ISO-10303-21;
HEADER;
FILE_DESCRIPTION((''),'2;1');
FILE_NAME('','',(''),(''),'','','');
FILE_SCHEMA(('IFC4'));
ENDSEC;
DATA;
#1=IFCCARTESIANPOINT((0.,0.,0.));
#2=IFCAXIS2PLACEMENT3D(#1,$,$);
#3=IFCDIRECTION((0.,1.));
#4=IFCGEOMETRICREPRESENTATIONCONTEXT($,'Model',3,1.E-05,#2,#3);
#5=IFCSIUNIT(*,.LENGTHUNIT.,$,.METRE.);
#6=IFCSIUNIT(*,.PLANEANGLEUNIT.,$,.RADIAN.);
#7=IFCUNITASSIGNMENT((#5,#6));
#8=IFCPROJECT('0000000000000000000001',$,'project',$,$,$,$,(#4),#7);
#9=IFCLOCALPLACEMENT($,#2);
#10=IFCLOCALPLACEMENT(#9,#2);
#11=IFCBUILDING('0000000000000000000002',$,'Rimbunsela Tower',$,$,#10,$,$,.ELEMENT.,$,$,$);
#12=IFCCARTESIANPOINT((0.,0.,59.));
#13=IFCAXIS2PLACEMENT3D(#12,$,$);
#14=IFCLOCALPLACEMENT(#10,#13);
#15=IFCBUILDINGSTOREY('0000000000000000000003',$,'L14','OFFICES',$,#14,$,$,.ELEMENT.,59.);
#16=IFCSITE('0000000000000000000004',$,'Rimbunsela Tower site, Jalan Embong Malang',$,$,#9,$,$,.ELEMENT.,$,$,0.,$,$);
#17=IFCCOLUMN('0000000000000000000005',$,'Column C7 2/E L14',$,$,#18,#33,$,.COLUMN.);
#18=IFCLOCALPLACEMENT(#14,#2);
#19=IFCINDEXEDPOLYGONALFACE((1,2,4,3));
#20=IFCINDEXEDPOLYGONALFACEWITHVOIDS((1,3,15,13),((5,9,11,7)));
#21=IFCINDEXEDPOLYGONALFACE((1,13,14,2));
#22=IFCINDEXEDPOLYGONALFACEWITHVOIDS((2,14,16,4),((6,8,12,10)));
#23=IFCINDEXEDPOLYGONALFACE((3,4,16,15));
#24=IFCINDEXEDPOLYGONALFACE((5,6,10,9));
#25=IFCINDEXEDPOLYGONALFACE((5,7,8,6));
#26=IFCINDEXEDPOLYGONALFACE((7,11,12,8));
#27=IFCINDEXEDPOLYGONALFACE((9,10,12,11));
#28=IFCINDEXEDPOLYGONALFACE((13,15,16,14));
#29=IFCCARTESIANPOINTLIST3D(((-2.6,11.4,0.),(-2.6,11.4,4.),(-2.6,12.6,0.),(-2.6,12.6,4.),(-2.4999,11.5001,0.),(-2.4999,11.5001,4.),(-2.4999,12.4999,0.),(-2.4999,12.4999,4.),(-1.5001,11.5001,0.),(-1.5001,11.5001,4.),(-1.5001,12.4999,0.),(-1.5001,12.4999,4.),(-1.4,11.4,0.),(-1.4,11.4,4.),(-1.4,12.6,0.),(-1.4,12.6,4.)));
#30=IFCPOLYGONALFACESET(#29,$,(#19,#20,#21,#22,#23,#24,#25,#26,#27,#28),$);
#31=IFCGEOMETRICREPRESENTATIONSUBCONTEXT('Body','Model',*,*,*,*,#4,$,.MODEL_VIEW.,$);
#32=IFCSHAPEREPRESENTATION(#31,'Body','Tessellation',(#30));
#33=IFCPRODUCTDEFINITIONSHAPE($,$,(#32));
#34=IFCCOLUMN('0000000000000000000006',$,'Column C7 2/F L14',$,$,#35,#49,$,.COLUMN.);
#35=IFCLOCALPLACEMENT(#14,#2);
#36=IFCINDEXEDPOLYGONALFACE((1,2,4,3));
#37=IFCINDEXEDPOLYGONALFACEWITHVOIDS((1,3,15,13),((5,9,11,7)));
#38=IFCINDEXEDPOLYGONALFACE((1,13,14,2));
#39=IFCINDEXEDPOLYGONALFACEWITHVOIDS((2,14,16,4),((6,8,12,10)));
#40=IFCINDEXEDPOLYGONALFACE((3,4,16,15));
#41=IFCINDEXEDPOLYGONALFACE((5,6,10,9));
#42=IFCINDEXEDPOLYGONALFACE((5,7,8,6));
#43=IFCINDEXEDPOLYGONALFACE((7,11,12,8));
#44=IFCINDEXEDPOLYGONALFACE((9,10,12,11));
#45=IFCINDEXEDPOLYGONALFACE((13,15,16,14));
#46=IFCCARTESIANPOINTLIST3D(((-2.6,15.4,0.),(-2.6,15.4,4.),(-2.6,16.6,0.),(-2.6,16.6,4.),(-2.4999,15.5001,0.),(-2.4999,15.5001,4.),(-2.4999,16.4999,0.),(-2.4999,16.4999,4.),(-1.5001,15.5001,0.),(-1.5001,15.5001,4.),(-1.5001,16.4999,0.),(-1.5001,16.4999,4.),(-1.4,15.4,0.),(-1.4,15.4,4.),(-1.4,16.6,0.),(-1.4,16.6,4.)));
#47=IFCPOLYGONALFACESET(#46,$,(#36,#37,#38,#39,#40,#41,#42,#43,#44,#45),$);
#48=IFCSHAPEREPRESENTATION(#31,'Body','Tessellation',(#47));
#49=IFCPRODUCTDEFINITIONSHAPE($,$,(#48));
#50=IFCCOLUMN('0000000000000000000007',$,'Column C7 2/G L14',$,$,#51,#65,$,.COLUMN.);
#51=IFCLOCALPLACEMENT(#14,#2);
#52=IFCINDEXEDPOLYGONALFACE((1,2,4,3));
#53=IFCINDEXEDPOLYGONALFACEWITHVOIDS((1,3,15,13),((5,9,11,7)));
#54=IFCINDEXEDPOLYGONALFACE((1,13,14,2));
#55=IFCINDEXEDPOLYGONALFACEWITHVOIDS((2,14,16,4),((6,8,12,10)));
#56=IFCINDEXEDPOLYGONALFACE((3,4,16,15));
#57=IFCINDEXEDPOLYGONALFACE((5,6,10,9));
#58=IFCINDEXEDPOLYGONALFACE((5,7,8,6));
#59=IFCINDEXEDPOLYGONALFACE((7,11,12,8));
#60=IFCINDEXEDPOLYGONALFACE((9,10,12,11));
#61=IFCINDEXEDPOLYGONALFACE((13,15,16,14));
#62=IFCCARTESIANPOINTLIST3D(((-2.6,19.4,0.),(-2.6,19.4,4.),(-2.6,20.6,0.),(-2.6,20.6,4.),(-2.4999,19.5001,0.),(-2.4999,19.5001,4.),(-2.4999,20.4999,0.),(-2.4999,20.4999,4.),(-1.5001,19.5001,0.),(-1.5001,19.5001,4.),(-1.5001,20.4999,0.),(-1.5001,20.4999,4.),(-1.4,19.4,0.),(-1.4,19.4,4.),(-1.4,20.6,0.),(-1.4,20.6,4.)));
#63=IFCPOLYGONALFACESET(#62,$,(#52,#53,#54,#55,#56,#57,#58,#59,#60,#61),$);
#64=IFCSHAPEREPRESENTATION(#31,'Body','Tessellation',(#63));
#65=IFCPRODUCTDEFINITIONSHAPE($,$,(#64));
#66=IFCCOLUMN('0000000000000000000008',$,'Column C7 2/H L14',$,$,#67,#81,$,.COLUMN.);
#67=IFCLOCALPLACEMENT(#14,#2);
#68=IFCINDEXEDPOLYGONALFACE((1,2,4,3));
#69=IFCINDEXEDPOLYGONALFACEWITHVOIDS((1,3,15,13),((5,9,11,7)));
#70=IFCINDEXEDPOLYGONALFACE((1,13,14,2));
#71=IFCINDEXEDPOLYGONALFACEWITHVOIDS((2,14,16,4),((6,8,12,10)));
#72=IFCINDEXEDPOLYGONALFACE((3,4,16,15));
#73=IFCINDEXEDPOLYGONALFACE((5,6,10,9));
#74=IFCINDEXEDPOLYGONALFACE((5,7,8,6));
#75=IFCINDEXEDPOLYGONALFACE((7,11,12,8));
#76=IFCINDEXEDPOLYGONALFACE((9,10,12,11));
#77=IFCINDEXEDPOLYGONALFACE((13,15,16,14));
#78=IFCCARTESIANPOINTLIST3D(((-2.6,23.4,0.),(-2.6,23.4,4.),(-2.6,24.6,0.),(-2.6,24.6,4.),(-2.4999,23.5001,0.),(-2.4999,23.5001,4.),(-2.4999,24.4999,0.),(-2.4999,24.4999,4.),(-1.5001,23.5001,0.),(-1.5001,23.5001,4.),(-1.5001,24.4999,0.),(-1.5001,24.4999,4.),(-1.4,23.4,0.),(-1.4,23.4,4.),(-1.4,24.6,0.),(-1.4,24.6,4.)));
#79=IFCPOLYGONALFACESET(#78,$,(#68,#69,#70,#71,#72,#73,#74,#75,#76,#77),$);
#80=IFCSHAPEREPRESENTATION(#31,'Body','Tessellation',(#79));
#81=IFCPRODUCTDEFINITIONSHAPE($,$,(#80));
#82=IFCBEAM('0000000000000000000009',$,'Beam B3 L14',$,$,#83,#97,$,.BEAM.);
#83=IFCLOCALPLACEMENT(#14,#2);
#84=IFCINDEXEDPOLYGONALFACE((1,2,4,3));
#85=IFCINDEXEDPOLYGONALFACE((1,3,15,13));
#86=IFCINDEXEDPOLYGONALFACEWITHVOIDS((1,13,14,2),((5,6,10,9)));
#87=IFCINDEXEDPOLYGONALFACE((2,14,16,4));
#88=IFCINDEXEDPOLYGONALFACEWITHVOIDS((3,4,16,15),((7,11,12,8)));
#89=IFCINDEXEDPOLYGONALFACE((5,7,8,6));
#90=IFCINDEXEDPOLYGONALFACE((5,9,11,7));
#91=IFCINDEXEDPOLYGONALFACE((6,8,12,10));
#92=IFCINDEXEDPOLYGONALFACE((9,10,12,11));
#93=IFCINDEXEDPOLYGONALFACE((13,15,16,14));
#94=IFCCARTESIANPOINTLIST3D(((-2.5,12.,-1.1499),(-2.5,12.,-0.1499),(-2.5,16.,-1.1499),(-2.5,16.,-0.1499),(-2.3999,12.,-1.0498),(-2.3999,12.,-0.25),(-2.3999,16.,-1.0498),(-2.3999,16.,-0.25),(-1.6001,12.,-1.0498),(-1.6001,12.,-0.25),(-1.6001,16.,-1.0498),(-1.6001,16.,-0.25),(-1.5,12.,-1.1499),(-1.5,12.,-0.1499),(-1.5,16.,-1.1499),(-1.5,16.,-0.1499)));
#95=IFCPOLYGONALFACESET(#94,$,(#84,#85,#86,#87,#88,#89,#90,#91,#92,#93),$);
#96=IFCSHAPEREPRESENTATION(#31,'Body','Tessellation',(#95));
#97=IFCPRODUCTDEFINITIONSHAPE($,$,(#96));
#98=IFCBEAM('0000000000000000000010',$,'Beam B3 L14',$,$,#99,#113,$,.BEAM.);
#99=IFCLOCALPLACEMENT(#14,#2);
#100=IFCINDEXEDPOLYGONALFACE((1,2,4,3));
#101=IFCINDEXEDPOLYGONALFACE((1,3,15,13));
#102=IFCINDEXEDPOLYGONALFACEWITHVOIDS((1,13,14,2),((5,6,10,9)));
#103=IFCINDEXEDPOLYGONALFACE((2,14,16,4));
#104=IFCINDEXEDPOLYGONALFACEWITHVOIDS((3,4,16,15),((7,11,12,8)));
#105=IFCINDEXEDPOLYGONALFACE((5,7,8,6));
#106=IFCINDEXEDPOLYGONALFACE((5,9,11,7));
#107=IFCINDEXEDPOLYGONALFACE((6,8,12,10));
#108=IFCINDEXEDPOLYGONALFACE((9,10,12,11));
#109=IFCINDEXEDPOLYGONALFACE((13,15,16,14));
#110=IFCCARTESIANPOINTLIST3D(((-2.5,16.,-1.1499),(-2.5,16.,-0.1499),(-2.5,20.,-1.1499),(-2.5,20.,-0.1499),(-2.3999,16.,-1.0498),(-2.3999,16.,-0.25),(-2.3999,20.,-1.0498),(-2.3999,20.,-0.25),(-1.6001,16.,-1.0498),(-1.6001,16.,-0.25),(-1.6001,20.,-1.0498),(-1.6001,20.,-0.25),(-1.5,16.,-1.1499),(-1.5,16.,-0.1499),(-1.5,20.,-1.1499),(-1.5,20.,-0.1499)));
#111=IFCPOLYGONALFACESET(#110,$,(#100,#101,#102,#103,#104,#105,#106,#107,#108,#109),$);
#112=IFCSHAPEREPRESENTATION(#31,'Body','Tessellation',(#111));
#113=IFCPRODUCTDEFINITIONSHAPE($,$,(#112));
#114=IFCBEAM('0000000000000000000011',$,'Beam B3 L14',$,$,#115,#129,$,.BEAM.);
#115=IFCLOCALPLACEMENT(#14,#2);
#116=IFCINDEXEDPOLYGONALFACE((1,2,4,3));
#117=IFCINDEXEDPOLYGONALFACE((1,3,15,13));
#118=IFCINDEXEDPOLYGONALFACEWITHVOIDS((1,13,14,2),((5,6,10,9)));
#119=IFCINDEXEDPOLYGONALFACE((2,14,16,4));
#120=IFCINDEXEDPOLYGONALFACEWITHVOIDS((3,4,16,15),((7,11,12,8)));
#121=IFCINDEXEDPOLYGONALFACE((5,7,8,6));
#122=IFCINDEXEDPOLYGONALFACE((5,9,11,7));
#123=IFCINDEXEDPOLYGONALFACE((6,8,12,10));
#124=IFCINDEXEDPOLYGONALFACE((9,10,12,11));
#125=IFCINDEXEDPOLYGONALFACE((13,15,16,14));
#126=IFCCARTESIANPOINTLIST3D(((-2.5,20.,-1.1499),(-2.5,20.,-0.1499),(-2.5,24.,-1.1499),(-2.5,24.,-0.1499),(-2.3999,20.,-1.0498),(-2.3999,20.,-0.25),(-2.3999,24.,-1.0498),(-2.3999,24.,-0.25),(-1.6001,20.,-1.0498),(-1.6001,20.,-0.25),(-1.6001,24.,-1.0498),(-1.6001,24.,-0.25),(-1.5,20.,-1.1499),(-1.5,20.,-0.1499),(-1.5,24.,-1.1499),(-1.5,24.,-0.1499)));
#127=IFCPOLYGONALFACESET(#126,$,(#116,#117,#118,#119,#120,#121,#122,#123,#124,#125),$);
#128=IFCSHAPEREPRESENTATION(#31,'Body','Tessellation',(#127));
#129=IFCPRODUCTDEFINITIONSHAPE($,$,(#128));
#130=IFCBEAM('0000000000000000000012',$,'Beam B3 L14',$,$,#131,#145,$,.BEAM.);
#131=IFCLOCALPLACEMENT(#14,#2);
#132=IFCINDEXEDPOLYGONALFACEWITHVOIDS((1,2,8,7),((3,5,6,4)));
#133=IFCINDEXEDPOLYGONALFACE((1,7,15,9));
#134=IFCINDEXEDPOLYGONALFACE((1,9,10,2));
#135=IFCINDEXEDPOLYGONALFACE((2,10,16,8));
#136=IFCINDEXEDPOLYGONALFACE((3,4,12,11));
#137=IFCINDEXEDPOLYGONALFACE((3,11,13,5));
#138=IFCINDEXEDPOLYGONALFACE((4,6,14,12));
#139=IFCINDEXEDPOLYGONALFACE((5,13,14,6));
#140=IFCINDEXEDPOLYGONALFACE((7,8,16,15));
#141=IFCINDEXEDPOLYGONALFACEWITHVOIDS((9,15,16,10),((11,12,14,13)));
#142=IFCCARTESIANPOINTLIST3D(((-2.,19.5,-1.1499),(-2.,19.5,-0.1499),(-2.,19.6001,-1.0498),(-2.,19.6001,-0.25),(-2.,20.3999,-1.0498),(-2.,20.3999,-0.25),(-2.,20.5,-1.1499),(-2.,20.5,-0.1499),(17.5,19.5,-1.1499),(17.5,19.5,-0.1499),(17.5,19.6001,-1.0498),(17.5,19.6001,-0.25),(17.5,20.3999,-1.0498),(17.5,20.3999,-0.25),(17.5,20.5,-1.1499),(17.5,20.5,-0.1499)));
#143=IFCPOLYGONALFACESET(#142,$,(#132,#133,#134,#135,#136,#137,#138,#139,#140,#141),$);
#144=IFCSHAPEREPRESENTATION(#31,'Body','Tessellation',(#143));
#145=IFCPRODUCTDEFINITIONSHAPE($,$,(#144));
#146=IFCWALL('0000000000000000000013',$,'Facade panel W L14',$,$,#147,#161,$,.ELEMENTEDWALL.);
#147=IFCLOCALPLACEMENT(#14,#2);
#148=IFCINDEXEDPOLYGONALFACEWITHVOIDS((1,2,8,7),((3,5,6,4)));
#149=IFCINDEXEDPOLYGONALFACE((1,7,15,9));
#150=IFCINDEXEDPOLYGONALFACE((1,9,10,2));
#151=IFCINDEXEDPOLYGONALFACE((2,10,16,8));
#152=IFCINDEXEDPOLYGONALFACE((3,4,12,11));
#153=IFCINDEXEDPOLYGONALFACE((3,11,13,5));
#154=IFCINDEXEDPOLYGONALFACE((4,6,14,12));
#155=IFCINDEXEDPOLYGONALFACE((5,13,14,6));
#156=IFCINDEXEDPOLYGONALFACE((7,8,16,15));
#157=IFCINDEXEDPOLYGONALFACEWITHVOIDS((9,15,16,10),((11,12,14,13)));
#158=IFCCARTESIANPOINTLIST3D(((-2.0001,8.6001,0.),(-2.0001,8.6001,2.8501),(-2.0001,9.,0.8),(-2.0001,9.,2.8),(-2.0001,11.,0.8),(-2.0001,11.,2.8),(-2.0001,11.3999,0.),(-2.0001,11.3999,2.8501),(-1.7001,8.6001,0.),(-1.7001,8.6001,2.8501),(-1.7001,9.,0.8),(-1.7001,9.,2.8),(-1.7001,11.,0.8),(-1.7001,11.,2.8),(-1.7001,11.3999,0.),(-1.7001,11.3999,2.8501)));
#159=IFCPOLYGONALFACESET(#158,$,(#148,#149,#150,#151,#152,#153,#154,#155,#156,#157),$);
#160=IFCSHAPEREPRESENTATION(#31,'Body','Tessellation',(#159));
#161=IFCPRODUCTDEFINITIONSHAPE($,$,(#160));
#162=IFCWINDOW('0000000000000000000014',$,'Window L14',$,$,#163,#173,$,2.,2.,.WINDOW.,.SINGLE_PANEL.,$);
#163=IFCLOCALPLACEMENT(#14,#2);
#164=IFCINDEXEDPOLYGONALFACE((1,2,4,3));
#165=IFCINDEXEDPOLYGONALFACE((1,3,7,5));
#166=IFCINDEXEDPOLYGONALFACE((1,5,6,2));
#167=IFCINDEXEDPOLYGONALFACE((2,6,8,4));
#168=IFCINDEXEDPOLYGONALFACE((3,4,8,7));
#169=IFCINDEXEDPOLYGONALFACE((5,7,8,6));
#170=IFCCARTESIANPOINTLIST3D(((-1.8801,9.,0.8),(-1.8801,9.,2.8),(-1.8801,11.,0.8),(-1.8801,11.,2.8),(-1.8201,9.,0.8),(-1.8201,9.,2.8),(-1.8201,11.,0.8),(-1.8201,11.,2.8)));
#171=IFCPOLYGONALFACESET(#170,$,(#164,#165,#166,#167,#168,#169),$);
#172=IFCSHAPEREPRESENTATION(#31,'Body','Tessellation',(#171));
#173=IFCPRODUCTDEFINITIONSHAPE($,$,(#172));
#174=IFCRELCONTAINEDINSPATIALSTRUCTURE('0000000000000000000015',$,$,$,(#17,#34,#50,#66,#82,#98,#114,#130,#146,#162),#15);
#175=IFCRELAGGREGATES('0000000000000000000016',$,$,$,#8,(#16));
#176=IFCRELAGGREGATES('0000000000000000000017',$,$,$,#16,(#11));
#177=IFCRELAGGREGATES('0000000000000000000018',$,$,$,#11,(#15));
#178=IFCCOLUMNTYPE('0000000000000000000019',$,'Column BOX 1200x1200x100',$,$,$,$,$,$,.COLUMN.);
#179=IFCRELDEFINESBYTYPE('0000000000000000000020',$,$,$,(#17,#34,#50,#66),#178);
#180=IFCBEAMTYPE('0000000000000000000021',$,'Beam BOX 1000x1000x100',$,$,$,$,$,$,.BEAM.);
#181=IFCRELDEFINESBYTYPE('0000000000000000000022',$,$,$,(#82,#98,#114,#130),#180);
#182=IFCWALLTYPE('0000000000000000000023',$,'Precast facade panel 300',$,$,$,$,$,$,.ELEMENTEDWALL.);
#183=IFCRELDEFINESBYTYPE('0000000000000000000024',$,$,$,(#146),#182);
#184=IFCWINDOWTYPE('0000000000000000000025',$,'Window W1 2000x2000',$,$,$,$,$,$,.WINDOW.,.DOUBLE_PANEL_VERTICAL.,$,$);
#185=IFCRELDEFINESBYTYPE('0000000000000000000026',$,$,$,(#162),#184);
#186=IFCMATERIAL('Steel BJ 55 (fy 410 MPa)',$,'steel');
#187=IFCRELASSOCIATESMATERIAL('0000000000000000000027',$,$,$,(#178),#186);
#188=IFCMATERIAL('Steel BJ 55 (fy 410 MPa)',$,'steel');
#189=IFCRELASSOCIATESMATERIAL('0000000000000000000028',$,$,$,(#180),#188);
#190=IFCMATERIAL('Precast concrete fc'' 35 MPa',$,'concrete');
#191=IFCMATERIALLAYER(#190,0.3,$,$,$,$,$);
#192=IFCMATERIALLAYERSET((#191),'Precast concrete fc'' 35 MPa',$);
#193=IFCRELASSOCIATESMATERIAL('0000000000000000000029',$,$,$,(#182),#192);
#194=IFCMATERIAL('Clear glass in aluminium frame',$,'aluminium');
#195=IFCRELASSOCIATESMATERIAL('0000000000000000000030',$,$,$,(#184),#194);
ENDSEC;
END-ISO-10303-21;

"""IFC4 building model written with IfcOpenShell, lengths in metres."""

from ifc_helpers import new_model, si_unit, direction, frame, frame_2d, origin, origin_2d, place, context, subcontext, project, spatial, rectangle, hollow_rectangle, extrude, material, layer, layer_set, material_profile, profile_set, type_object, element, fill, save


model = new_model("IFC4")

# Units and contexts
model_context = context("Model", 3, precision=1e-05, world=origin(), true_north=direction((0.0, 1.0)))
body_context = subcontext(model_context, "Body", "Model", "MODEL_VIEW")
ifc_project = project(units=[si_unit("LENGTHUNIT", "METRE"), si_unit("PLANEANGLEUNIT", "RADIAN")], contexts=[model_context])

# Site, building, storey
site_placement = place(None, origin())
site = spatial("IfcSite", under=ifc_project, at=site_placement, Name="Rimbunsela Tower site, Jalan Embong Malang", CompositionType="ELEMENT", RefElevation=0.0)
building_placement = place(site_placement, origin())
building = spatial("IfcBuilding", under=site, at=building_placement, Name="Rimbunsela Tower", CompositionType="ELEMENT")
storey_placement = place(building_placement, frame((0.0, 0.0, 59.0)))
storey = spatial("IfcBuildingStorey", under=building, at=storey_placement, Name="L14", Description="OFFICES", CompositionType="ELEMENT", Elevation=59.0)

# Columns
ifc_material_1 = material(Name="Steel BJ 55 (fy 410 MPa)", Category="steel")
ifc_material_profile_1 = material_profile(ifc_material_1, hollow_rectangle(XDim=1.2, YDim=1.2, WallThickness=0.1001, at=origin_2d()), Name="BOX 1200x1200x100")
ifc_profile_set_1 = profile_set([ifc_material_profile_1], Name="Steel BJ 55 (fy 410 MPa)")
column_type = type_object("IfcColumnType", Name="Column BOX 1200x1200x100", PredefinedType="COLUMN", material=ifc_profile_set_1)
for number, where, z_axis, x_axis, name in (
    (1, (-2.0, 12.0, 0.0), (0.0, 0.0, 1.0), (1.0, 0.0, 0.0), "Column C7 2/E L14"),
    (2, (-2.0, 16.0, 0.0), (0.0, 0.0, 1.0), (1.0, 0.0, 0.0), "Column C7 2/F L14"),
    (3, (-2.0, 20.0, 0.0), (0.0, 0.0, 1.0), (1.0, 0.0, 0.0), "Column C7 2/G L14"),
    (4, (-2.0, 24.0, 0.0), (0.0, 0.0, 1.0), (1.0, 0.0, 0.0), "Column C7 2/H L14"),
):
    element("IfcColumn", number, at=place(storey_placement, frame(where, z_axis=z_axis, x_axis=x_axis)), inside=storey, type_object=column_type, Name=name, PredefinedType="COLUMN", context=body_context, shape_type="SweptSolid", body=[
        extrude(hollow_rectangle(XDim=1.2, YDim=1.2, WallThickness=0.1001, at=origin_2d()), origin(), (0.0, 0.0, 1.0), 4.0),
    ])

# Beams
ifc_material_2 = material(Name="Steel BJ 55 (fy 410 MPa)", Category="steel")
ifc_material_profile_2 = material_profile(ifc_material_2, hollow_rectangle(XDim=1.0, YDim=1.0, WallThickness=0.1001, at=origin_2d()), Name="BOX 1000x1000x100")
ifc_profile_set_2 = profile_set([ifc_material_profile_2], Name="Steel BJ 55 (fy 410 MPa)")
beam_type = type_object("IfcBeamType", Name="Beam BOX 1000x1000x100", PredefinedType="BEAM", material=ifc_profile_set_2)
for number, where, z_axis, x_axis, name in (
    (5, (-2.0, 12.0, -0.6499), (0.0, 1.0, 0.0), (-1.0, 0.0, 0.0), "Beam B3 L14"),
    (6, (-2.0, 16.0, -0.6499), (0.0, 1.0, 0.0), (-1.0, 0.0, 0.0), "Beam B3 L14"),
    (7, (-2.0, 20.0, -0.6499), (0.0, 1.0, 0.0), (-1.0, 0.0, 0.0), "Beam B3 L14"),
):
    element("IfcBeam", number, at=place(storey_placement, frame(where, z_axis=z_axis, x_axis=x_axis)), inside=storey, type_object=beam_type, Name=name, PredefinedType="BEAM", context=body_context, shape_type="SweptSolid", body=[
        extrude(hollow_rectangle(XDim=1.0, YDim=1.0, WallThickness=0.1001, at=origin_2d()), origin(), (0.0, 0.0, 1.0), 4.0),
    ])
beam_placement = place(storey_placement, frame((-2.0, 20.0, -0.6499), z_axis=(1.0, 0.0, 0.0), x_axis=(0.0, 1.0, 0.0)))
element("IfcBeam", 8, at=beam_placement, inside=storey, type_object=beam_type, Name="Beam B3 L14", PredefinedType="BEAM", context=body_context, shape_type="SweptSolid", body=[
    extrude(hollow_rectangle(XDim=1.0, YDim=1.0, WallThickness=0.1001, at=origin_2d()), origin(), (0.0, 0.0, 1.0), 19.5),
])

# Wall, opening, window
ifc_material_3 = material(Name="Precast concrete fc' 35 MPa", Category="concrete")
ifc_layer_1 = layer(ifc_material_3, 0.3)
ifc_layer_set_1 = layer_set([ifc_layer_1], Name="Precast concrete fc' 35 MPa")
wall_type = type_object("IfcWallType", Name="Precast facade panel 300", PredefinedType="ELEMENTEDWALL", material=ifc_layer_set_1)
wall_1_placement = place(storey_placement, frame((-1.8501, 11.3999, 0.0), z_axis=(0.0, 0.0, 1.0), x_axis=(0.0, -1.0, 0.0)))
wall_1 = element("IfcWall", 9, at=wall_1_placement, inside=storey, type_object=wall_type, Name="Facade panel W L14", PredefinedType="ELEMENTEDWALL", context=body_context, shape_type="SweptSolid", body=[
    extrude(rectangle(XDim=2.7998, YDim=0.3, at=frame_2d((1.3999, 0.0))), origin(), (0.0, 0.0, 1.0), 2.8501),
])
opening_1_placement = place(wall_1_placement, frame((0.3999, 0.0, 0.8)))
opening_1 = element("IfcOpeningElement", 10, at=opening_1_placement, cuts=wall_1, PredefinedType="OPENING", context=body_context, shape_type="SweptSolid", body=[
    extrude(rectangle(XDim=2.0, YDim=2.0, at=frame_2d((1.0, 1.0))), frame((0.0, 0.1599, 0.0), z_axis=(0.0, -1.0, 0.0), x_axis=(1.0, 0.0, 0.0)), (0.0, 0.0, 1.0), 0.3201),
])
ifc_material_4 = material(Name="Clear glass in aluminium frame", Category="aluminium")
window_type = type_object("IfcWindowType", Name="Window W1 2000x2000", PartitioningType="DOUBLE_PANEL_VERTICAL", PredefinedType="WINDOW", material=ifc_material_4)
window_1_placement = place(opening_1_placement, origin())
window_1 = element("IfcWindow", 11, at=window_1_placement, inside=storey, type_object=window_type, Name="Window L14", OverallHeight=2.0, OverallWidth=2.0, PartitioningType="SINGLE_PANEL", PredefinedType="WINDOW", context=body_context, shape_type="SweptSolid", body=[
    extrude(rectangle(XDim=2.0, YDim=2.0, at=frame_2d((1.0, 1.0))), frame((0.0, 0.03, 0.0), z_axis=(0.0, -1.0, 0.0), x_axis=(1.0, 0.0, 0.0)), (0.0, 0.0, 1.0), 0.0601),
])
fill(opening_1, window_1)

save(model, "model.ifc")
